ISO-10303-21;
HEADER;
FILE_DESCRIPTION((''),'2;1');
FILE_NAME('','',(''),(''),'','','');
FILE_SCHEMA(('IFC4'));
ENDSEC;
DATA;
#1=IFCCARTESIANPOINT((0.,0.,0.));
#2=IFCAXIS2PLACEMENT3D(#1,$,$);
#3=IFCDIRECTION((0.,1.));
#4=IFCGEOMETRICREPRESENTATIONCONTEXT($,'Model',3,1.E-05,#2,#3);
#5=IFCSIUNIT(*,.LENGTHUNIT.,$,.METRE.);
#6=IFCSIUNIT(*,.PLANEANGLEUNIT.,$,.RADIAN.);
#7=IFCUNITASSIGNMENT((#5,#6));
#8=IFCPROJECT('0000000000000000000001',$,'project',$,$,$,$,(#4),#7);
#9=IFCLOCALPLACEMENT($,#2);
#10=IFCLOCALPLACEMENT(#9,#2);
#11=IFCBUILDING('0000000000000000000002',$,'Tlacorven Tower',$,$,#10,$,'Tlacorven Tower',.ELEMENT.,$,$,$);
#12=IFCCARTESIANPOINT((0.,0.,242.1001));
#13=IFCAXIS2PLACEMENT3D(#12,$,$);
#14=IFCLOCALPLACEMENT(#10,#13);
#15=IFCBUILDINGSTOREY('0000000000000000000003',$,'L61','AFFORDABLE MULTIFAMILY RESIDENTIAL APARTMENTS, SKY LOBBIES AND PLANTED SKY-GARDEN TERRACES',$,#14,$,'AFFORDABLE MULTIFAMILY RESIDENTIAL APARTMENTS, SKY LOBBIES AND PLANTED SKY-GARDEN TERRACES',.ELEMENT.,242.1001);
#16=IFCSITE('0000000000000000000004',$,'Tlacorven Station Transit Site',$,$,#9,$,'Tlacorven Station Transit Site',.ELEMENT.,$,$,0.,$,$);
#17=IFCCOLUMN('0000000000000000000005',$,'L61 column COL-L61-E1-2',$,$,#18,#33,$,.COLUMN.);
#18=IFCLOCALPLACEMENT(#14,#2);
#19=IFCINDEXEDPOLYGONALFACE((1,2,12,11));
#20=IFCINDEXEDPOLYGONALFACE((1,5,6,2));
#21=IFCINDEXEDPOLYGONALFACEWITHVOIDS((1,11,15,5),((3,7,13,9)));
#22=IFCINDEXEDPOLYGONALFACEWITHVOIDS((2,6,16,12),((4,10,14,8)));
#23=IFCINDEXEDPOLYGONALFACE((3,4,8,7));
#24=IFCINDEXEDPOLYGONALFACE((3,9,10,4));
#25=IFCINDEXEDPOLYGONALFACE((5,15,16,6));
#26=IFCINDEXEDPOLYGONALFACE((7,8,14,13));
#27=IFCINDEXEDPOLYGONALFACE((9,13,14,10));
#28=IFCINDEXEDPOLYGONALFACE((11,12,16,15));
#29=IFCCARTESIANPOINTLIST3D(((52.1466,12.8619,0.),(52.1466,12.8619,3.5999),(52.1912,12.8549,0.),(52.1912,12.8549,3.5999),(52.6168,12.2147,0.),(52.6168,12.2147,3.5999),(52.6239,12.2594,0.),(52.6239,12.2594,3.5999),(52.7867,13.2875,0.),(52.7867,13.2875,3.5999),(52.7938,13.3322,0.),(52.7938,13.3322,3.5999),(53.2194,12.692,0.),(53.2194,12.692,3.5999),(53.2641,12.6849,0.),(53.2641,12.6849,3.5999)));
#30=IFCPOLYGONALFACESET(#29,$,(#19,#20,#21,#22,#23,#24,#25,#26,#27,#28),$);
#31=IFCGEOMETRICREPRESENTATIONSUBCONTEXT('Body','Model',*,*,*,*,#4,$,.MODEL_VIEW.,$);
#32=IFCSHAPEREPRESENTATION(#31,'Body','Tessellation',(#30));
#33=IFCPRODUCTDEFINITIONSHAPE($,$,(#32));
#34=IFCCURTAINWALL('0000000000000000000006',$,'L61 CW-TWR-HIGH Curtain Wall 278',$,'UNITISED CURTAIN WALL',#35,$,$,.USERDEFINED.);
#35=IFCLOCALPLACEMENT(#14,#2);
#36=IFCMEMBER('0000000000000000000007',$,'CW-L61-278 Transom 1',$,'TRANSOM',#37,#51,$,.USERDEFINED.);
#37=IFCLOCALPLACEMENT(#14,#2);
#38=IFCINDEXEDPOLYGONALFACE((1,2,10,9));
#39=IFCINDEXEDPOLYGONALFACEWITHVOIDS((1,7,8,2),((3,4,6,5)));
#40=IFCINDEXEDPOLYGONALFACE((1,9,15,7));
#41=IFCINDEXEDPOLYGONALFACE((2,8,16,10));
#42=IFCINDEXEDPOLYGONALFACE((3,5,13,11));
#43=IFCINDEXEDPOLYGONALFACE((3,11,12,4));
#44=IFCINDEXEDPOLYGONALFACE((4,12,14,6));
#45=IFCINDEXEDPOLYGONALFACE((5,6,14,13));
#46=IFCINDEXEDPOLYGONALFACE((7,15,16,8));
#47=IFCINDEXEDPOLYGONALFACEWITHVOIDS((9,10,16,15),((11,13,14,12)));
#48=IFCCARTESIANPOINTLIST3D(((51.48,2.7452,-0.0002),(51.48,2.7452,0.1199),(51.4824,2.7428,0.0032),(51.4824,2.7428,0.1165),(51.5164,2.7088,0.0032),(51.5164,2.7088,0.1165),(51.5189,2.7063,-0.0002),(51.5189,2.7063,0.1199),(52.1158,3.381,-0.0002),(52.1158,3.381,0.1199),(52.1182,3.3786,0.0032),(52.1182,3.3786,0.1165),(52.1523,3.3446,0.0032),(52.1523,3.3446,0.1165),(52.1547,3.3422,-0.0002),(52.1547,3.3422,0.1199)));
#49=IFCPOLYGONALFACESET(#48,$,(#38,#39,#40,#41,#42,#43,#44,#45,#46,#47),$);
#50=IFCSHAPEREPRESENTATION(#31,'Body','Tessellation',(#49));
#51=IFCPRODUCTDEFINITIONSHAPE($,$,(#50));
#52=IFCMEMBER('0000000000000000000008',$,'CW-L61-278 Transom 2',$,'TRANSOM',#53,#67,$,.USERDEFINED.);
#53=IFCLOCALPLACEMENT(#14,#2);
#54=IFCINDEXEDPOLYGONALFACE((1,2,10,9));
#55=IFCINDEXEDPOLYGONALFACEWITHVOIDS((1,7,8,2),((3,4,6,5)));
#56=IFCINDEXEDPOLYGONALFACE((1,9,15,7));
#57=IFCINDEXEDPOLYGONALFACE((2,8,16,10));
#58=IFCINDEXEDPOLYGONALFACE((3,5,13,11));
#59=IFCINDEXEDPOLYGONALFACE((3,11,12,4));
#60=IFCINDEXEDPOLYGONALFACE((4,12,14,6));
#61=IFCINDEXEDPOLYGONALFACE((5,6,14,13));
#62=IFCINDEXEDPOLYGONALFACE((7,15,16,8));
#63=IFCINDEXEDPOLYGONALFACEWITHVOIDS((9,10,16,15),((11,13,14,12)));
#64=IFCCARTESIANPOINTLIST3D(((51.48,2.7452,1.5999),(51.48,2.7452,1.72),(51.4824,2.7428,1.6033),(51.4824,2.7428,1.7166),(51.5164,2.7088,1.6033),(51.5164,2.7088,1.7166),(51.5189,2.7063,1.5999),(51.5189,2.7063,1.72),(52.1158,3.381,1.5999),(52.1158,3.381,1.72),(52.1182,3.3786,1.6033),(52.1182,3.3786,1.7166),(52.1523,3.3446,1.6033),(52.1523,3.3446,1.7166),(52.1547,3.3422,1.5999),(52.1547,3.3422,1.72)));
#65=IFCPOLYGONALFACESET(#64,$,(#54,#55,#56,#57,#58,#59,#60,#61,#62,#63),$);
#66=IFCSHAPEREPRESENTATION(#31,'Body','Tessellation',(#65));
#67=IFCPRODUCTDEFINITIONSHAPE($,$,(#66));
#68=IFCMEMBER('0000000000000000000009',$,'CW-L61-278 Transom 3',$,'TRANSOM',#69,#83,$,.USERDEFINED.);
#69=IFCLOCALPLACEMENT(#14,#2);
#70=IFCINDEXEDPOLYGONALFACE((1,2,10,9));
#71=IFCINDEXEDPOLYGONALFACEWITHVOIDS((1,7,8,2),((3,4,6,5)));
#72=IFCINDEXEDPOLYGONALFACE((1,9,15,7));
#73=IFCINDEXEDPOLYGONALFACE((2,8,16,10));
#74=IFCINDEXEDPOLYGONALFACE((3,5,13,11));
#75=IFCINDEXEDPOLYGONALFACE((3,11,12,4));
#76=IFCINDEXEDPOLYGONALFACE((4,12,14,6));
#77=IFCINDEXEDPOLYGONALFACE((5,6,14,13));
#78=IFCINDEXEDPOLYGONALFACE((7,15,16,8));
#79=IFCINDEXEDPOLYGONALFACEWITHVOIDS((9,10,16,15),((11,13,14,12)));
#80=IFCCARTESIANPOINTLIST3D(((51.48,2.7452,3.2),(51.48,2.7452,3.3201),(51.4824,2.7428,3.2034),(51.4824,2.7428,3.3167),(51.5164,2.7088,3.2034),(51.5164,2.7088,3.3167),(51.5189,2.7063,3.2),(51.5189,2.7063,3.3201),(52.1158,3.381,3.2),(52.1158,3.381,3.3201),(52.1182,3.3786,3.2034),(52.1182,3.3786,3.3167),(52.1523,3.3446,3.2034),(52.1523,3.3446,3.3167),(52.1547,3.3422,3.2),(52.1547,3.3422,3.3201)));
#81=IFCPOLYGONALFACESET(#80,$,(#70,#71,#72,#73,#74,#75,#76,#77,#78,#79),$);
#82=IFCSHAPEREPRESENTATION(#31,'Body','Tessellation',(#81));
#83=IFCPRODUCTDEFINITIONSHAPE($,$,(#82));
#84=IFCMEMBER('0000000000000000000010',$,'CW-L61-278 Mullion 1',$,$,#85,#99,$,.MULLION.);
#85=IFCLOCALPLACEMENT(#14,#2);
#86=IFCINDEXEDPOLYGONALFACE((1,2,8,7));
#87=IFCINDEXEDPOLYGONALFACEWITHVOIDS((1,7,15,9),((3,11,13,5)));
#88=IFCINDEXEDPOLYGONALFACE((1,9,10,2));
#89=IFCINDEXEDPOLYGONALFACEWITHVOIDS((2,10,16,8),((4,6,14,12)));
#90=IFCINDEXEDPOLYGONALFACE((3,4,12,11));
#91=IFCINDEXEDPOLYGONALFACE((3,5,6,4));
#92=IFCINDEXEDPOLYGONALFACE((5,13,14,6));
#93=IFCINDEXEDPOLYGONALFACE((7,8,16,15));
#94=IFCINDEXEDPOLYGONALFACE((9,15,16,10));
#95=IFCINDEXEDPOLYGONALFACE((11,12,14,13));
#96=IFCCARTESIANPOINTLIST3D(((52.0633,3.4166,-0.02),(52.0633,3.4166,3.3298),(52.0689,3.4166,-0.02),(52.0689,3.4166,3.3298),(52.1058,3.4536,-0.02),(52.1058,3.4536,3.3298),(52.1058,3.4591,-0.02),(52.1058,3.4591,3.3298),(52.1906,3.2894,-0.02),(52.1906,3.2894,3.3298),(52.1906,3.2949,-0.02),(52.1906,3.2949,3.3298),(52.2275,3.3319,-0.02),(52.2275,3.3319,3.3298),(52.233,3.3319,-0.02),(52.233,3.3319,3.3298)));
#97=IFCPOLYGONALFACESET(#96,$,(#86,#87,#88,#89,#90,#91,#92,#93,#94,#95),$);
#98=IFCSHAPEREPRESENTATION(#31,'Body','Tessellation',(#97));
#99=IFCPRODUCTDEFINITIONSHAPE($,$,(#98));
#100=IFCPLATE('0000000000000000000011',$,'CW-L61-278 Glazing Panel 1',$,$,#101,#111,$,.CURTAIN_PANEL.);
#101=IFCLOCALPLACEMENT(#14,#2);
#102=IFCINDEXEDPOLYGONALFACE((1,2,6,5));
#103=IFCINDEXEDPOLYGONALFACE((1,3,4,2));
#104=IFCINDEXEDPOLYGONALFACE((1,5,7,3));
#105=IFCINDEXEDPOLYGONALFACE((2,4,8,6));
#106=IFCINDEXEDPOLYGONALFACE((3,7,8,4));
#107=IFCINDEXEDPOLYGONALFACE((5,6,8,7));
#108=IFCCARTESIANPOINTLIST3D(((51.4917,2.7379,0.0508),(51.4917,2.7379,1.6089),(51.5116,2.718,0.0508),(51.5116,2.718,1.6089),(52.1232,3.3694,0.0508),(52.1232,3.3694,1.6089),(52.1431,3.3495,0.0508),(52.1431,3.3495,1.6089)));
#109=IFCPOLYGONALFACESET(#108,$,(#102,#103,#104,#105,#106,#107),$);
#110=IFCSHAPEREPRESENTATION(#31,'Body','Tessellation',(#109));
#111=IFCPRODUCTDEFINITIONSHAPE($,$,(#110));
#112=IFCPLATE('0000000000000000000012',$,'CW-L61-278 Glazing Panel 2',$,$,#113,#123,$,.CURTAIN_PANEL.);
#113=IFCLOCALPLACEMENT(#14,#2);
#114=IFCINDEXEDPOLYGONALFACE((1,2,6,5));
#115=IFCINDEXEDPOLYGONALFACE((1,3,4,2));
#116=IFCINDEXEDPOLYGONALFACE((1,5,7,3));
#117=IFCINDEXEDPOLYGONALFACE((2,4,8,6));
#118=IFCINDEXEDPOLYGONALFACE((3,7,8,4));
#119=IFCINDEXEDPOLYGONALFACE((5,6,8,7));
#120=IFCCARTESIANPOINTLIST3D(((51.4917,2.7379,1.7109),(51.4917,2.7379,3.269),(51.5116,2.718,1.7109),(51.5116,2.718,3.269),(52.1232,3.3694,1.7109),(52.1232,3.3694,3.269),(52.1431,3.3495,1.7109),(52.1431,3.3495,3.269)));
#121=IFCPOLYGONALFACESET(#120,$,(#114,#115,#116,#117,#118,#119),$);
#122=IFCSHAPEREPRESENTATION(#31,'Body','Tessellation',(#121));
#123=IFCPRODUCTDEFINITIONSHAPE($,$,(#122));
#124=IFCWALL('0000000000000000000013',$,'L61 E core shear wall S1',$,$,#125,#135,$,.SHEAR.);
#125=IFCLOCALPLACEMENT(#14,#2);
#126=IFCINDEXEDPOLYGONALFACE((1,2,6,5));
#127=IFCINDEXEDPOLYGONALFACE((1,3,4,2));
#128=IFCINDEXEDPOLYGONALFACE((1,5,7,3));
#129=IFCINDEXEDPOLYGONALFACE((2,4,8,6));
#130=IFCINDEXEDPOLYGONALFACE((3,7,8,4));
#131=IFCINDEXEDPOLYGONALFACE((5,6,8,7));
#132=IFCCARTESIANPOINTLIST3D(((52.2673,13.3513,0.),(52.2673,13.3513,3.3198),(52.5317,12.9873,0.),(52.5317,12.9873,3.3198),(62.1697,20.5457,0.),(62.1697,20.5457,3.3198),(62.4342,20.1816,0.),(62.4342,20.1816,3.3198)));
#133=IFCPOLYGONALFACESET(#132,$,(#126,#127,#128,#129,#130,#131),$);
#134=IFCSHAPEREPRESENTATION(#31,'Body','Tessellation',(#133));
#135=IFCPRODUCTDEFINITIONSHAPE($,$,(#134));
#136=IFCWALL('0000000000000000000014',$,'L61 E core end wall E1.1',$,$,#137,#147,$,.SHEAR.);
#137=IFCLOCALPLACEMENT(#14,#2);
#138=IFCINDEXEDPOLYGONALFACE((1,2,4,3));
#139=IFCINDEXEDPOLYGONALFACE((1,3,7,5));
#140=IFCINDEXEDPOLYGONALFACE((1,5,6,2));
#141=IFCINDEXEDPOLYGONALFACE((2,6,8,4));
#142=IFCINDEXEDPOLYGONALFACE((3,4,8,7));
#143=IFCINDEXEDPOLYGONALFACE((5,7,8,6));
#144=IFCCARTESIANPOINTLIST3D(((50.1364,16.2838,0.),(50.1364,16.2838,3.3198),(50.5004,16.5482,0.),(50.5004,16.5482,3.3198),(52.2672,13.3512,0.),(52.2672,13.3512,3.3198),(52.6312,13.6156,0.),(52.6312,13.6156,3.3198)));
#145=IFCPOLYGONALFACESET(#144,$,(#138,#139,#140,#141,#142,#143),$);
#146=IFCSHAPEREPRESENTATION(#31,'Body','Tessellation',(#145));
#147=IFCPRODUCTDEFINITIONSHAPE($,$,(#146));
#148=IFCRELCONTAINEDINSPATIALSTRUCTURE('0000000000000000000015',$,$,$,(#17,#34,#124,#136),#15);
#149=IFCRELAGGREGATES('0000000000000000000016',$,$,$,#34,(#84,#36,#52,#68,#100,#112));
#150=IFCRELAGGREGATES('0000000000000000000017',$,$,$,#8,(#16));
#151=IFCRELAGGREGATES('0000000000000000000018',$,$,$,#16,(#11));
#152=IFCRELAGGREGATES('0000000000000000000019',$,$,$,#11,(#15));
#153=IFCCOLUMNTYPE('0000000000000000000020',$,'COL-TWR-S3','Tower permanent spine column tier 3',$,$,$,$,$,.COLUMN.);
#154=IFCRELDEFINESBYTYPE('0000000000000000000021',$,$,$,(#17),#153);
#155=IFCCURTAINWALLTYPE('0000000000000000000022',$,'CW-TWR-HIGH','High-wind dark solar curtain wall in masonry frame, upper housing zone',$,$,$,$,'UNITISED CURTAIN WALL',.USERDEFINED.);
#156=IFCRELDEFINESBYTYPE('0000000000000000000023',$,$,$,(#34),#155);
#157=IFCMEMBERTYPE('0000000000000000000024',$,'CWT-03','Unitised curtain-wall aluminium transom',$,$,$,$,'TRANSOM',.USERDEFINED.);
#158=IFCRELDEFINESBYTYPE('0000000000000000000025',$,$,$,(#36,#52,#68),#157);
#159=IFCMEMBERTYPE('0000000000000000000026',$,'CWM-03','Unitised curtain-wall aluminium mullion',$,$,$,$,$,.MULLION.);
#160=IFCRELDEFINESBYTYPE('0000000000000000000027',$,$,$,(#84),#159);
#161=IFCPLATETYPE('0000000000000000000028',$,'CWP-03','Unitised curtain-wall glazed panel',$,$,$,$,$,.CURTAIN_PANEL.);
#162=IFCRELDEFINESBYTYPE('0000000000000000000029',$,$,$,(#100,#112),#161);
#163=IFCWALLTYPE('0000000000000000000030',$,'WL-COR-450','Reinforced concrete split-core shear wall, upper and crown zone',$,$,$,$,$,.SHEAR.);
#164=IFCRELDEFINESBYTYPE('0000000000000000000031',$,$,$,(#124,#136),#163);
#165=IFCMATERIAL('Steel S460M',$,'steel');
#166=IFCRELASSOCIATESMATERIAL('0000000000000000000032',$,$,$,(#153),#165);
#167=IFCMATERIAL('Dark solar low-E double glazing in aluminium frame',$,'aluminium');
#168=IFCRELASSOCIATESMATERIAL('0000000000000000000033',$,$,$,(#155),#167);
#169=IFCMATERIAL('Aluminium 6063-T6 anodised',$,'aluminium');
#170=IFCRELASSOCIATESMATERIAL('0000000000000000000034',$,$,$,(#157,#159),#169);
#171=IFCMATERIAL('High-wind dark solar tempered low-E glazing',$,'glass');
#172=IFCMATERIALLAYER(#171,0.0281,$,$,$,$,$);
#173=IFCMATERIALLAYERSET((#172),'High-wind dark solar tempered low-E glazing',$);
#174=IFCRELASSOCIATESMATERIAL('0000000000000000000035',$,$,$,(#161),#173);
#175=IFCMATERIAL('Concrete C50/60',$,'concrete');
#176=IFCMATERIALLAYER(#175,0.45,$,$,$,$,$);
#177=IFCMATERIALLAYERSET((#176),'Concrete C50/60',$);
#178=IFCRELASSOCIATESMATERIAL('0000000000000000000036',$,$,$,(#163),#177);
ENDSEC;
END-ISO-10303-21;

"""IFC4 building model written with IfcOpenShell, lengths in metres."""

from ifc_helpers import new_model, si_unit, direction, frame, frame_2d, origin, origin_2d, place, context, subcontext, project, spatial, rectangle, hollow_rectangle, extrude, source, transform, mapped, material, layer, layer_set, material_profile, profile_set, type_object, element, aggregate, save


model = new_model("IFC4")

# Units and contexts
model_context = context("Model", 3, precision=1e-05, world=origin(), true_north=direction((0.0, 1.0)))
body_context = subcontext(model_context, "Body", "Model", "MODEL_VIEW")
ifc_project = project(units=[si_unit("LENGTHUNIT", "METRE"), si_unit("PLANEANGLEUNIT", "RADIAN")], contexts=[model_context])

# Site, building, storey
site_placement = place(None, origin())
site = spatial("IfcSite", under=ifc_project, at=site_placement, Name="Tlacorven Station Transit Site", LongName="Tlacorven Station Transit Site", CompositionType="ELEMENT", RefElevation=0.0)
building_placement = place(site_placement, origin())
building = spatial("IfcBuilding", under=site, at=building_placement, Name="Tlacorven Tower", LongName="Tlacorven Tower", CompositionType="ELEMENT")
storey_placement = place(building_placement, frame((0.0, 0.0, 242.1001)))
storey = spatial("IfcBuildingStorey", under=building, at=storey_placement, Name="L61", Description="AFFORDABLE MULTIFAMILY RESIDENTIAL APARTMENTS, SKY LOBBIES AND PLANTED SKY-GARDEN TERRACES", LongName="AFFORDABLE MULTIFAMILY RESIDENTIAL APARTMENTS, SKY LOBBIES AND PLANTED SKY-GARDEN TERRACES", CompositionType="ELEMENT", Elevation=242.1001)

# Column
ifc_material_1 = material(Name="Steel S460M", Category="steel")
ifc_material_profile_1 = material_profile(ifc_material_1, hollow_rectangle(XDim=0.8, YDim=0.8, WallThickness=0.032, at=origin_2d()), Name="BOX 800X800X32")
ifc_profile_set_1 = profile_set([ifc_material_profile_1], Name="Steel S460M")
column_type = type_object("IfcColumnType", Name="COL-TWR-S3", Description="Tower permanent spine column tier 3", PredefinedType="COLUMN", material=ifc_profile_set_1)
shared_shape_1 = source(origin(), body_context, "Body", "SweptSolid", [
    extrude(hollow_rectangle(XDim=0.8, YDim=0.8, WallThickness=0.032, at=origin_2d()), origin(), (0.0, 0.0, 1.0), 3.5999),
])
column_placement = place(storey_placement, frame((52.7053, 12.7734, 0.0), z_axis=(0.0, 0.0, 1.0), x_axis=(0.809017, 0.587785, 0.0)))
element("IfcColumn", 1, at=column_placement, inside=storey, type_object=column_type, Name="L61 column COL-L61-E1-2", PredefinedType="COLUMN", context=body_context, shape_type="MappedRepresentation", body=[
    mapped(shared_shape_1, transform((0.0, 0.0, 0.0), scale=1.0)),
])

# Curtain wall, members, plates
ifc_material_2 = material(Name="Dark solar low-E double glazing in aluminium frame", Category="aluminium")
curtain_wall_type = type_object("IfcCurtainWallType", Name="CW-TWR-HIGH", Description="High-wind dark solar curtain wall in masonry frame, upper housing zone", ElementType="UNITISED CURTAIN WALL", PredefinedType="USERDEFINED", material=ifc_material_2)
curtain_wall_placement = place(storey_placement, origin())
curtain_wall = element("IfcCurtainWall", 2, at=curtain_wall_placement, inside=storey, type_object=curtain_wall_type, Name="L61 CW-TWR-HIGH Curtain Wall 278", ObjectType="UNITISED CURTAIN WALL", PredefinedType="USERDEFINED")
ifc_material_3 = material(Name="Aluminium 6063-T6 anodised", Category="aluminium")
ifc_material_profile_2 = material_profile(ifc_material_3, hollow_rectangle(XDim=0.0549, YDim=0.1201, WallThickness=0.0034, at=origin_2d()), Name="ALU TRANSOM 55X120")
ifc_profile_set_2 = profile_set([ifc_material_profile_2], Name="Aluminium 6063-T6 anodised")
member_type_1 = type_object("IfcMemberType", Name="CWT-03", Description="Unitised curtain-wall aluminium transom", ElementType="TRANSOM", PredefinedType="USERDEFINED", material=ifc_profile_set_2)
shared_shape_2 = source(origin(), body_context, "Body", "SweptSolid", [
    extrude(hollow_rectangle(XDim=0.0549, YDim=0.1201, WallThickness=0.0034, at=origin_2d()), origin(), (0.0, 0.0, 1.0), 0.8992),
])
member_1_placement = place(storey_placement, frame((52.1353, 3.3616, 0.0598), z_axis=(-0.707107, -0.707107, 0.0), x_axis=(0.707107, -0.707107, 0.0)))
member_1 = element("IfcMember", 3, at=member_1_placement, type_object=member_type_1, Name="CW-L61-278 Transom 1", ObjectType="TRANSOM", PredefinedType="USERDEFINED", context=body_context, shape_type="MappedRepresentation", body=[
    mapped(shared_shape_2, transform((0.0, 0.0, 0.0), scale=1.0)),
])
member_2_placement = place(storey_placement, frame((52.1353, 3.3616, 1.6599), z_axis=(-0.707107, -0.707107, 0.0), x_axis=(0.707107, -0.707107, 0.0)))
member_2 = element("IfcMember", 4, at=member_2_placement, type_object=member_type_1, Name="CW-L61-278 Transom 2", ObjectType="TRANSOM", PredefinedType="USERDEFINED", context=body_context, shape_type="MappedRepresentation", body=[
    mapped(shared_shape_2, transform((0.0, 0.0, 0.0), scale=1.0)),
])
member_3_placement = place(storey_placement, frame((52.1353, 3.3616, 3.26), z_axis=(-0.707107, -0.707107, 0.0), x_axis=(0.707107, -0.707107, 0.0)))
member_3 = element("IfcMember", 5, at=member_3_placement, type_object=member_type_1, Name="CW-L61-278 Transom 3", ObjectType="TRANSOM", PredefinedType="USERDEFINED", context=body_context, shape_type="MappedRepresentation", body=[
    mapped(shared_shape_2, transform((0.0, 0.0, 0.0), scale=1.0)),
])
ifc_material_profile_3 = material_profile(ifc_material_3, hollow_rectangle(XDim=0.0601, YDim=0.1799, WallThickness=0.0039, at=origin_2d()), Name="ALU MULLION 60X180")
ifc_profile_set_3 = profile_set([ifc_material_profile_3], Name="Aluminium 6063-T6 anodised")
member_type_2 = type_object("IfcMemberType", Name="CWM-03", Description="Unitised curtain-wall aluminium mullion", PredefinedType="MULLION", material=ifc_profile_set_3)
shared_shape_3 = source(origin(), body_context, "Body", "SweptSolid", [
    extrude(hollow_rectangle(XDim=0.0601, YDim=0.1799, WallThickness=0.0039, at=origin_2d()), origin(), (0.0, 0.0, 1.0), 3.3499),
])
member_4_placement = place(storey_placement, frame((52.1482, 3.3743, -0.02), z_axis=(0.0, 0.0, 1.0), x_axis=(-0.707107, -0.707107, 0.0)))
member_4 = element("IfcMember", 6, at=member_4_placement, type_object=member_type_2, Name="CW-L61-278 Mullion 1", PredefinedType="MULLION", context=body_context, shape_type="MappedRepresentation", body=[
    mapped(shared_shape_3, transform((0.0, 0.0, 0.0), scale=1.0)),
])
ifc_material_4 = material(Name="High-wind dark solar tempered low-E glazing", Category="glass")
ifc_layer_1 = layer(ifc_material_4, 0.0281)
ifc_layer_set_1 = layer_set([ifc_layer_1], Name="High-wind dark solar tempered low-E glazing")
plate_type = type_object("IfcPlateType", Name="CWP-03", Description="Unitised curtain-wall glazed panel", PredefinedType="CURTAIN_PANEL", material=ifc_layer_set_1)
shared_shape_4 = source(origin(), body_context, "Body", "SweptSolid", [
    extrude(rectangle(XDim=0.8931, YDim=0.0281, at=origin_2d()), origin(), (0.0, 0.0, 1.0), 1.5581),
])
plate_1_placement = place(storey_placement, frame((51.8174, 3.0437, 0.0508), z_axis=(0.0, 0.0, 1.0), x_axis=(-0.707107, -0.707107, 0.0)))
plate_1 = element("IfcPlate", 7, at=plate_1_placement, type_object=plate_type, Name="CW-L61-278 Glazing Panel 1", PredefinedType="CURTAIN_PANEL", context=body_context, shape_type="MappedRepresentation", body=[
    mapped(shared_shape_4, transform((0.0, 0.0, 0.0), scale=1.0)),
])
plate_2_placement = place(storey_placement, frame((51.8174, 3.0437, 1.7109), z_axis=(0.0, 0.0, 1.0), x_axis=(-0.707107, -0.707107, 0.0)))
plate_2 = element("IfcPlate", 8, at=plate_2_placement, type_object=plate_type, Name="CW-L61-278 Glazing Panel 2", PredefinedType="CURTAIN_PANEL", context=body_context, shape_type="MappedRepresentation", body=[
    mapped(shared_shape_4, transform((0.0, 0.0, 0.0), scale=1.0)),
])
aggregate(curtain_wall, [member_4, member_1, member_2, member_3, plate_1, plate_2])

# Walls
ifc_material_5 = material(Name="Concrete C50/60", Category="concrete")
ifc_layer_2 = layer(ifc_material_5, 0.45)
ifc_layer_set_2 = layer_set([ifc_layer_2], Name="Concrete C50/60")
wall_type_1 = type_object("IfcWallType", Name="WL-COR-450", Description="Reinforced concrete split-core shear wall, upper and crown zone", PredefinedType="SHEAR", material=ifc_layer_set_2)
wall_1_placement = place(storey_placement, frame((52.3994, 13.1692, 0.0), z_axis=(0.0, 0.0, 1.0), x_axis=(0.809022, 0.587778, 0.0)))
element("IfcWall", 9, at=wall_1_placement, inside=storey, type_object=wall_type_1, Name="L61 E core shear wall S1", PredefinedType="SHEAR", context=body_context, shape_type="SweptSolid", body=[
    extrude(rectangle(XDim=12.24, YDim=0.45, at=frame_2d((6.1201, 0.0))), origin(), (0.0, 0.0, 1.0), 3.3198),
])
wall_2_placement = place(storey_placement, frame((52.4492, 13.4834, 0.0), z_axis=(0.0, 0.0, 1.0), x_axis=(-0.587819, 0.808992, 0.0)))
element("IfcWall", 10, at=wall_2_placement, inside=storey, type_object=wall_type_1, Name="L61 E core end wall E1.1", PredefinedType="SHEAR", context=body_context, shape_type="SweptSolid", body=[
    extrude(rectangle(XDim=3.625, YDim=0.45, at=frame_2d((1.8125, 0.0))), origin(), (0.0, 0.0, 1.0), 3.3198),
])

save(model, "model.ifc")
